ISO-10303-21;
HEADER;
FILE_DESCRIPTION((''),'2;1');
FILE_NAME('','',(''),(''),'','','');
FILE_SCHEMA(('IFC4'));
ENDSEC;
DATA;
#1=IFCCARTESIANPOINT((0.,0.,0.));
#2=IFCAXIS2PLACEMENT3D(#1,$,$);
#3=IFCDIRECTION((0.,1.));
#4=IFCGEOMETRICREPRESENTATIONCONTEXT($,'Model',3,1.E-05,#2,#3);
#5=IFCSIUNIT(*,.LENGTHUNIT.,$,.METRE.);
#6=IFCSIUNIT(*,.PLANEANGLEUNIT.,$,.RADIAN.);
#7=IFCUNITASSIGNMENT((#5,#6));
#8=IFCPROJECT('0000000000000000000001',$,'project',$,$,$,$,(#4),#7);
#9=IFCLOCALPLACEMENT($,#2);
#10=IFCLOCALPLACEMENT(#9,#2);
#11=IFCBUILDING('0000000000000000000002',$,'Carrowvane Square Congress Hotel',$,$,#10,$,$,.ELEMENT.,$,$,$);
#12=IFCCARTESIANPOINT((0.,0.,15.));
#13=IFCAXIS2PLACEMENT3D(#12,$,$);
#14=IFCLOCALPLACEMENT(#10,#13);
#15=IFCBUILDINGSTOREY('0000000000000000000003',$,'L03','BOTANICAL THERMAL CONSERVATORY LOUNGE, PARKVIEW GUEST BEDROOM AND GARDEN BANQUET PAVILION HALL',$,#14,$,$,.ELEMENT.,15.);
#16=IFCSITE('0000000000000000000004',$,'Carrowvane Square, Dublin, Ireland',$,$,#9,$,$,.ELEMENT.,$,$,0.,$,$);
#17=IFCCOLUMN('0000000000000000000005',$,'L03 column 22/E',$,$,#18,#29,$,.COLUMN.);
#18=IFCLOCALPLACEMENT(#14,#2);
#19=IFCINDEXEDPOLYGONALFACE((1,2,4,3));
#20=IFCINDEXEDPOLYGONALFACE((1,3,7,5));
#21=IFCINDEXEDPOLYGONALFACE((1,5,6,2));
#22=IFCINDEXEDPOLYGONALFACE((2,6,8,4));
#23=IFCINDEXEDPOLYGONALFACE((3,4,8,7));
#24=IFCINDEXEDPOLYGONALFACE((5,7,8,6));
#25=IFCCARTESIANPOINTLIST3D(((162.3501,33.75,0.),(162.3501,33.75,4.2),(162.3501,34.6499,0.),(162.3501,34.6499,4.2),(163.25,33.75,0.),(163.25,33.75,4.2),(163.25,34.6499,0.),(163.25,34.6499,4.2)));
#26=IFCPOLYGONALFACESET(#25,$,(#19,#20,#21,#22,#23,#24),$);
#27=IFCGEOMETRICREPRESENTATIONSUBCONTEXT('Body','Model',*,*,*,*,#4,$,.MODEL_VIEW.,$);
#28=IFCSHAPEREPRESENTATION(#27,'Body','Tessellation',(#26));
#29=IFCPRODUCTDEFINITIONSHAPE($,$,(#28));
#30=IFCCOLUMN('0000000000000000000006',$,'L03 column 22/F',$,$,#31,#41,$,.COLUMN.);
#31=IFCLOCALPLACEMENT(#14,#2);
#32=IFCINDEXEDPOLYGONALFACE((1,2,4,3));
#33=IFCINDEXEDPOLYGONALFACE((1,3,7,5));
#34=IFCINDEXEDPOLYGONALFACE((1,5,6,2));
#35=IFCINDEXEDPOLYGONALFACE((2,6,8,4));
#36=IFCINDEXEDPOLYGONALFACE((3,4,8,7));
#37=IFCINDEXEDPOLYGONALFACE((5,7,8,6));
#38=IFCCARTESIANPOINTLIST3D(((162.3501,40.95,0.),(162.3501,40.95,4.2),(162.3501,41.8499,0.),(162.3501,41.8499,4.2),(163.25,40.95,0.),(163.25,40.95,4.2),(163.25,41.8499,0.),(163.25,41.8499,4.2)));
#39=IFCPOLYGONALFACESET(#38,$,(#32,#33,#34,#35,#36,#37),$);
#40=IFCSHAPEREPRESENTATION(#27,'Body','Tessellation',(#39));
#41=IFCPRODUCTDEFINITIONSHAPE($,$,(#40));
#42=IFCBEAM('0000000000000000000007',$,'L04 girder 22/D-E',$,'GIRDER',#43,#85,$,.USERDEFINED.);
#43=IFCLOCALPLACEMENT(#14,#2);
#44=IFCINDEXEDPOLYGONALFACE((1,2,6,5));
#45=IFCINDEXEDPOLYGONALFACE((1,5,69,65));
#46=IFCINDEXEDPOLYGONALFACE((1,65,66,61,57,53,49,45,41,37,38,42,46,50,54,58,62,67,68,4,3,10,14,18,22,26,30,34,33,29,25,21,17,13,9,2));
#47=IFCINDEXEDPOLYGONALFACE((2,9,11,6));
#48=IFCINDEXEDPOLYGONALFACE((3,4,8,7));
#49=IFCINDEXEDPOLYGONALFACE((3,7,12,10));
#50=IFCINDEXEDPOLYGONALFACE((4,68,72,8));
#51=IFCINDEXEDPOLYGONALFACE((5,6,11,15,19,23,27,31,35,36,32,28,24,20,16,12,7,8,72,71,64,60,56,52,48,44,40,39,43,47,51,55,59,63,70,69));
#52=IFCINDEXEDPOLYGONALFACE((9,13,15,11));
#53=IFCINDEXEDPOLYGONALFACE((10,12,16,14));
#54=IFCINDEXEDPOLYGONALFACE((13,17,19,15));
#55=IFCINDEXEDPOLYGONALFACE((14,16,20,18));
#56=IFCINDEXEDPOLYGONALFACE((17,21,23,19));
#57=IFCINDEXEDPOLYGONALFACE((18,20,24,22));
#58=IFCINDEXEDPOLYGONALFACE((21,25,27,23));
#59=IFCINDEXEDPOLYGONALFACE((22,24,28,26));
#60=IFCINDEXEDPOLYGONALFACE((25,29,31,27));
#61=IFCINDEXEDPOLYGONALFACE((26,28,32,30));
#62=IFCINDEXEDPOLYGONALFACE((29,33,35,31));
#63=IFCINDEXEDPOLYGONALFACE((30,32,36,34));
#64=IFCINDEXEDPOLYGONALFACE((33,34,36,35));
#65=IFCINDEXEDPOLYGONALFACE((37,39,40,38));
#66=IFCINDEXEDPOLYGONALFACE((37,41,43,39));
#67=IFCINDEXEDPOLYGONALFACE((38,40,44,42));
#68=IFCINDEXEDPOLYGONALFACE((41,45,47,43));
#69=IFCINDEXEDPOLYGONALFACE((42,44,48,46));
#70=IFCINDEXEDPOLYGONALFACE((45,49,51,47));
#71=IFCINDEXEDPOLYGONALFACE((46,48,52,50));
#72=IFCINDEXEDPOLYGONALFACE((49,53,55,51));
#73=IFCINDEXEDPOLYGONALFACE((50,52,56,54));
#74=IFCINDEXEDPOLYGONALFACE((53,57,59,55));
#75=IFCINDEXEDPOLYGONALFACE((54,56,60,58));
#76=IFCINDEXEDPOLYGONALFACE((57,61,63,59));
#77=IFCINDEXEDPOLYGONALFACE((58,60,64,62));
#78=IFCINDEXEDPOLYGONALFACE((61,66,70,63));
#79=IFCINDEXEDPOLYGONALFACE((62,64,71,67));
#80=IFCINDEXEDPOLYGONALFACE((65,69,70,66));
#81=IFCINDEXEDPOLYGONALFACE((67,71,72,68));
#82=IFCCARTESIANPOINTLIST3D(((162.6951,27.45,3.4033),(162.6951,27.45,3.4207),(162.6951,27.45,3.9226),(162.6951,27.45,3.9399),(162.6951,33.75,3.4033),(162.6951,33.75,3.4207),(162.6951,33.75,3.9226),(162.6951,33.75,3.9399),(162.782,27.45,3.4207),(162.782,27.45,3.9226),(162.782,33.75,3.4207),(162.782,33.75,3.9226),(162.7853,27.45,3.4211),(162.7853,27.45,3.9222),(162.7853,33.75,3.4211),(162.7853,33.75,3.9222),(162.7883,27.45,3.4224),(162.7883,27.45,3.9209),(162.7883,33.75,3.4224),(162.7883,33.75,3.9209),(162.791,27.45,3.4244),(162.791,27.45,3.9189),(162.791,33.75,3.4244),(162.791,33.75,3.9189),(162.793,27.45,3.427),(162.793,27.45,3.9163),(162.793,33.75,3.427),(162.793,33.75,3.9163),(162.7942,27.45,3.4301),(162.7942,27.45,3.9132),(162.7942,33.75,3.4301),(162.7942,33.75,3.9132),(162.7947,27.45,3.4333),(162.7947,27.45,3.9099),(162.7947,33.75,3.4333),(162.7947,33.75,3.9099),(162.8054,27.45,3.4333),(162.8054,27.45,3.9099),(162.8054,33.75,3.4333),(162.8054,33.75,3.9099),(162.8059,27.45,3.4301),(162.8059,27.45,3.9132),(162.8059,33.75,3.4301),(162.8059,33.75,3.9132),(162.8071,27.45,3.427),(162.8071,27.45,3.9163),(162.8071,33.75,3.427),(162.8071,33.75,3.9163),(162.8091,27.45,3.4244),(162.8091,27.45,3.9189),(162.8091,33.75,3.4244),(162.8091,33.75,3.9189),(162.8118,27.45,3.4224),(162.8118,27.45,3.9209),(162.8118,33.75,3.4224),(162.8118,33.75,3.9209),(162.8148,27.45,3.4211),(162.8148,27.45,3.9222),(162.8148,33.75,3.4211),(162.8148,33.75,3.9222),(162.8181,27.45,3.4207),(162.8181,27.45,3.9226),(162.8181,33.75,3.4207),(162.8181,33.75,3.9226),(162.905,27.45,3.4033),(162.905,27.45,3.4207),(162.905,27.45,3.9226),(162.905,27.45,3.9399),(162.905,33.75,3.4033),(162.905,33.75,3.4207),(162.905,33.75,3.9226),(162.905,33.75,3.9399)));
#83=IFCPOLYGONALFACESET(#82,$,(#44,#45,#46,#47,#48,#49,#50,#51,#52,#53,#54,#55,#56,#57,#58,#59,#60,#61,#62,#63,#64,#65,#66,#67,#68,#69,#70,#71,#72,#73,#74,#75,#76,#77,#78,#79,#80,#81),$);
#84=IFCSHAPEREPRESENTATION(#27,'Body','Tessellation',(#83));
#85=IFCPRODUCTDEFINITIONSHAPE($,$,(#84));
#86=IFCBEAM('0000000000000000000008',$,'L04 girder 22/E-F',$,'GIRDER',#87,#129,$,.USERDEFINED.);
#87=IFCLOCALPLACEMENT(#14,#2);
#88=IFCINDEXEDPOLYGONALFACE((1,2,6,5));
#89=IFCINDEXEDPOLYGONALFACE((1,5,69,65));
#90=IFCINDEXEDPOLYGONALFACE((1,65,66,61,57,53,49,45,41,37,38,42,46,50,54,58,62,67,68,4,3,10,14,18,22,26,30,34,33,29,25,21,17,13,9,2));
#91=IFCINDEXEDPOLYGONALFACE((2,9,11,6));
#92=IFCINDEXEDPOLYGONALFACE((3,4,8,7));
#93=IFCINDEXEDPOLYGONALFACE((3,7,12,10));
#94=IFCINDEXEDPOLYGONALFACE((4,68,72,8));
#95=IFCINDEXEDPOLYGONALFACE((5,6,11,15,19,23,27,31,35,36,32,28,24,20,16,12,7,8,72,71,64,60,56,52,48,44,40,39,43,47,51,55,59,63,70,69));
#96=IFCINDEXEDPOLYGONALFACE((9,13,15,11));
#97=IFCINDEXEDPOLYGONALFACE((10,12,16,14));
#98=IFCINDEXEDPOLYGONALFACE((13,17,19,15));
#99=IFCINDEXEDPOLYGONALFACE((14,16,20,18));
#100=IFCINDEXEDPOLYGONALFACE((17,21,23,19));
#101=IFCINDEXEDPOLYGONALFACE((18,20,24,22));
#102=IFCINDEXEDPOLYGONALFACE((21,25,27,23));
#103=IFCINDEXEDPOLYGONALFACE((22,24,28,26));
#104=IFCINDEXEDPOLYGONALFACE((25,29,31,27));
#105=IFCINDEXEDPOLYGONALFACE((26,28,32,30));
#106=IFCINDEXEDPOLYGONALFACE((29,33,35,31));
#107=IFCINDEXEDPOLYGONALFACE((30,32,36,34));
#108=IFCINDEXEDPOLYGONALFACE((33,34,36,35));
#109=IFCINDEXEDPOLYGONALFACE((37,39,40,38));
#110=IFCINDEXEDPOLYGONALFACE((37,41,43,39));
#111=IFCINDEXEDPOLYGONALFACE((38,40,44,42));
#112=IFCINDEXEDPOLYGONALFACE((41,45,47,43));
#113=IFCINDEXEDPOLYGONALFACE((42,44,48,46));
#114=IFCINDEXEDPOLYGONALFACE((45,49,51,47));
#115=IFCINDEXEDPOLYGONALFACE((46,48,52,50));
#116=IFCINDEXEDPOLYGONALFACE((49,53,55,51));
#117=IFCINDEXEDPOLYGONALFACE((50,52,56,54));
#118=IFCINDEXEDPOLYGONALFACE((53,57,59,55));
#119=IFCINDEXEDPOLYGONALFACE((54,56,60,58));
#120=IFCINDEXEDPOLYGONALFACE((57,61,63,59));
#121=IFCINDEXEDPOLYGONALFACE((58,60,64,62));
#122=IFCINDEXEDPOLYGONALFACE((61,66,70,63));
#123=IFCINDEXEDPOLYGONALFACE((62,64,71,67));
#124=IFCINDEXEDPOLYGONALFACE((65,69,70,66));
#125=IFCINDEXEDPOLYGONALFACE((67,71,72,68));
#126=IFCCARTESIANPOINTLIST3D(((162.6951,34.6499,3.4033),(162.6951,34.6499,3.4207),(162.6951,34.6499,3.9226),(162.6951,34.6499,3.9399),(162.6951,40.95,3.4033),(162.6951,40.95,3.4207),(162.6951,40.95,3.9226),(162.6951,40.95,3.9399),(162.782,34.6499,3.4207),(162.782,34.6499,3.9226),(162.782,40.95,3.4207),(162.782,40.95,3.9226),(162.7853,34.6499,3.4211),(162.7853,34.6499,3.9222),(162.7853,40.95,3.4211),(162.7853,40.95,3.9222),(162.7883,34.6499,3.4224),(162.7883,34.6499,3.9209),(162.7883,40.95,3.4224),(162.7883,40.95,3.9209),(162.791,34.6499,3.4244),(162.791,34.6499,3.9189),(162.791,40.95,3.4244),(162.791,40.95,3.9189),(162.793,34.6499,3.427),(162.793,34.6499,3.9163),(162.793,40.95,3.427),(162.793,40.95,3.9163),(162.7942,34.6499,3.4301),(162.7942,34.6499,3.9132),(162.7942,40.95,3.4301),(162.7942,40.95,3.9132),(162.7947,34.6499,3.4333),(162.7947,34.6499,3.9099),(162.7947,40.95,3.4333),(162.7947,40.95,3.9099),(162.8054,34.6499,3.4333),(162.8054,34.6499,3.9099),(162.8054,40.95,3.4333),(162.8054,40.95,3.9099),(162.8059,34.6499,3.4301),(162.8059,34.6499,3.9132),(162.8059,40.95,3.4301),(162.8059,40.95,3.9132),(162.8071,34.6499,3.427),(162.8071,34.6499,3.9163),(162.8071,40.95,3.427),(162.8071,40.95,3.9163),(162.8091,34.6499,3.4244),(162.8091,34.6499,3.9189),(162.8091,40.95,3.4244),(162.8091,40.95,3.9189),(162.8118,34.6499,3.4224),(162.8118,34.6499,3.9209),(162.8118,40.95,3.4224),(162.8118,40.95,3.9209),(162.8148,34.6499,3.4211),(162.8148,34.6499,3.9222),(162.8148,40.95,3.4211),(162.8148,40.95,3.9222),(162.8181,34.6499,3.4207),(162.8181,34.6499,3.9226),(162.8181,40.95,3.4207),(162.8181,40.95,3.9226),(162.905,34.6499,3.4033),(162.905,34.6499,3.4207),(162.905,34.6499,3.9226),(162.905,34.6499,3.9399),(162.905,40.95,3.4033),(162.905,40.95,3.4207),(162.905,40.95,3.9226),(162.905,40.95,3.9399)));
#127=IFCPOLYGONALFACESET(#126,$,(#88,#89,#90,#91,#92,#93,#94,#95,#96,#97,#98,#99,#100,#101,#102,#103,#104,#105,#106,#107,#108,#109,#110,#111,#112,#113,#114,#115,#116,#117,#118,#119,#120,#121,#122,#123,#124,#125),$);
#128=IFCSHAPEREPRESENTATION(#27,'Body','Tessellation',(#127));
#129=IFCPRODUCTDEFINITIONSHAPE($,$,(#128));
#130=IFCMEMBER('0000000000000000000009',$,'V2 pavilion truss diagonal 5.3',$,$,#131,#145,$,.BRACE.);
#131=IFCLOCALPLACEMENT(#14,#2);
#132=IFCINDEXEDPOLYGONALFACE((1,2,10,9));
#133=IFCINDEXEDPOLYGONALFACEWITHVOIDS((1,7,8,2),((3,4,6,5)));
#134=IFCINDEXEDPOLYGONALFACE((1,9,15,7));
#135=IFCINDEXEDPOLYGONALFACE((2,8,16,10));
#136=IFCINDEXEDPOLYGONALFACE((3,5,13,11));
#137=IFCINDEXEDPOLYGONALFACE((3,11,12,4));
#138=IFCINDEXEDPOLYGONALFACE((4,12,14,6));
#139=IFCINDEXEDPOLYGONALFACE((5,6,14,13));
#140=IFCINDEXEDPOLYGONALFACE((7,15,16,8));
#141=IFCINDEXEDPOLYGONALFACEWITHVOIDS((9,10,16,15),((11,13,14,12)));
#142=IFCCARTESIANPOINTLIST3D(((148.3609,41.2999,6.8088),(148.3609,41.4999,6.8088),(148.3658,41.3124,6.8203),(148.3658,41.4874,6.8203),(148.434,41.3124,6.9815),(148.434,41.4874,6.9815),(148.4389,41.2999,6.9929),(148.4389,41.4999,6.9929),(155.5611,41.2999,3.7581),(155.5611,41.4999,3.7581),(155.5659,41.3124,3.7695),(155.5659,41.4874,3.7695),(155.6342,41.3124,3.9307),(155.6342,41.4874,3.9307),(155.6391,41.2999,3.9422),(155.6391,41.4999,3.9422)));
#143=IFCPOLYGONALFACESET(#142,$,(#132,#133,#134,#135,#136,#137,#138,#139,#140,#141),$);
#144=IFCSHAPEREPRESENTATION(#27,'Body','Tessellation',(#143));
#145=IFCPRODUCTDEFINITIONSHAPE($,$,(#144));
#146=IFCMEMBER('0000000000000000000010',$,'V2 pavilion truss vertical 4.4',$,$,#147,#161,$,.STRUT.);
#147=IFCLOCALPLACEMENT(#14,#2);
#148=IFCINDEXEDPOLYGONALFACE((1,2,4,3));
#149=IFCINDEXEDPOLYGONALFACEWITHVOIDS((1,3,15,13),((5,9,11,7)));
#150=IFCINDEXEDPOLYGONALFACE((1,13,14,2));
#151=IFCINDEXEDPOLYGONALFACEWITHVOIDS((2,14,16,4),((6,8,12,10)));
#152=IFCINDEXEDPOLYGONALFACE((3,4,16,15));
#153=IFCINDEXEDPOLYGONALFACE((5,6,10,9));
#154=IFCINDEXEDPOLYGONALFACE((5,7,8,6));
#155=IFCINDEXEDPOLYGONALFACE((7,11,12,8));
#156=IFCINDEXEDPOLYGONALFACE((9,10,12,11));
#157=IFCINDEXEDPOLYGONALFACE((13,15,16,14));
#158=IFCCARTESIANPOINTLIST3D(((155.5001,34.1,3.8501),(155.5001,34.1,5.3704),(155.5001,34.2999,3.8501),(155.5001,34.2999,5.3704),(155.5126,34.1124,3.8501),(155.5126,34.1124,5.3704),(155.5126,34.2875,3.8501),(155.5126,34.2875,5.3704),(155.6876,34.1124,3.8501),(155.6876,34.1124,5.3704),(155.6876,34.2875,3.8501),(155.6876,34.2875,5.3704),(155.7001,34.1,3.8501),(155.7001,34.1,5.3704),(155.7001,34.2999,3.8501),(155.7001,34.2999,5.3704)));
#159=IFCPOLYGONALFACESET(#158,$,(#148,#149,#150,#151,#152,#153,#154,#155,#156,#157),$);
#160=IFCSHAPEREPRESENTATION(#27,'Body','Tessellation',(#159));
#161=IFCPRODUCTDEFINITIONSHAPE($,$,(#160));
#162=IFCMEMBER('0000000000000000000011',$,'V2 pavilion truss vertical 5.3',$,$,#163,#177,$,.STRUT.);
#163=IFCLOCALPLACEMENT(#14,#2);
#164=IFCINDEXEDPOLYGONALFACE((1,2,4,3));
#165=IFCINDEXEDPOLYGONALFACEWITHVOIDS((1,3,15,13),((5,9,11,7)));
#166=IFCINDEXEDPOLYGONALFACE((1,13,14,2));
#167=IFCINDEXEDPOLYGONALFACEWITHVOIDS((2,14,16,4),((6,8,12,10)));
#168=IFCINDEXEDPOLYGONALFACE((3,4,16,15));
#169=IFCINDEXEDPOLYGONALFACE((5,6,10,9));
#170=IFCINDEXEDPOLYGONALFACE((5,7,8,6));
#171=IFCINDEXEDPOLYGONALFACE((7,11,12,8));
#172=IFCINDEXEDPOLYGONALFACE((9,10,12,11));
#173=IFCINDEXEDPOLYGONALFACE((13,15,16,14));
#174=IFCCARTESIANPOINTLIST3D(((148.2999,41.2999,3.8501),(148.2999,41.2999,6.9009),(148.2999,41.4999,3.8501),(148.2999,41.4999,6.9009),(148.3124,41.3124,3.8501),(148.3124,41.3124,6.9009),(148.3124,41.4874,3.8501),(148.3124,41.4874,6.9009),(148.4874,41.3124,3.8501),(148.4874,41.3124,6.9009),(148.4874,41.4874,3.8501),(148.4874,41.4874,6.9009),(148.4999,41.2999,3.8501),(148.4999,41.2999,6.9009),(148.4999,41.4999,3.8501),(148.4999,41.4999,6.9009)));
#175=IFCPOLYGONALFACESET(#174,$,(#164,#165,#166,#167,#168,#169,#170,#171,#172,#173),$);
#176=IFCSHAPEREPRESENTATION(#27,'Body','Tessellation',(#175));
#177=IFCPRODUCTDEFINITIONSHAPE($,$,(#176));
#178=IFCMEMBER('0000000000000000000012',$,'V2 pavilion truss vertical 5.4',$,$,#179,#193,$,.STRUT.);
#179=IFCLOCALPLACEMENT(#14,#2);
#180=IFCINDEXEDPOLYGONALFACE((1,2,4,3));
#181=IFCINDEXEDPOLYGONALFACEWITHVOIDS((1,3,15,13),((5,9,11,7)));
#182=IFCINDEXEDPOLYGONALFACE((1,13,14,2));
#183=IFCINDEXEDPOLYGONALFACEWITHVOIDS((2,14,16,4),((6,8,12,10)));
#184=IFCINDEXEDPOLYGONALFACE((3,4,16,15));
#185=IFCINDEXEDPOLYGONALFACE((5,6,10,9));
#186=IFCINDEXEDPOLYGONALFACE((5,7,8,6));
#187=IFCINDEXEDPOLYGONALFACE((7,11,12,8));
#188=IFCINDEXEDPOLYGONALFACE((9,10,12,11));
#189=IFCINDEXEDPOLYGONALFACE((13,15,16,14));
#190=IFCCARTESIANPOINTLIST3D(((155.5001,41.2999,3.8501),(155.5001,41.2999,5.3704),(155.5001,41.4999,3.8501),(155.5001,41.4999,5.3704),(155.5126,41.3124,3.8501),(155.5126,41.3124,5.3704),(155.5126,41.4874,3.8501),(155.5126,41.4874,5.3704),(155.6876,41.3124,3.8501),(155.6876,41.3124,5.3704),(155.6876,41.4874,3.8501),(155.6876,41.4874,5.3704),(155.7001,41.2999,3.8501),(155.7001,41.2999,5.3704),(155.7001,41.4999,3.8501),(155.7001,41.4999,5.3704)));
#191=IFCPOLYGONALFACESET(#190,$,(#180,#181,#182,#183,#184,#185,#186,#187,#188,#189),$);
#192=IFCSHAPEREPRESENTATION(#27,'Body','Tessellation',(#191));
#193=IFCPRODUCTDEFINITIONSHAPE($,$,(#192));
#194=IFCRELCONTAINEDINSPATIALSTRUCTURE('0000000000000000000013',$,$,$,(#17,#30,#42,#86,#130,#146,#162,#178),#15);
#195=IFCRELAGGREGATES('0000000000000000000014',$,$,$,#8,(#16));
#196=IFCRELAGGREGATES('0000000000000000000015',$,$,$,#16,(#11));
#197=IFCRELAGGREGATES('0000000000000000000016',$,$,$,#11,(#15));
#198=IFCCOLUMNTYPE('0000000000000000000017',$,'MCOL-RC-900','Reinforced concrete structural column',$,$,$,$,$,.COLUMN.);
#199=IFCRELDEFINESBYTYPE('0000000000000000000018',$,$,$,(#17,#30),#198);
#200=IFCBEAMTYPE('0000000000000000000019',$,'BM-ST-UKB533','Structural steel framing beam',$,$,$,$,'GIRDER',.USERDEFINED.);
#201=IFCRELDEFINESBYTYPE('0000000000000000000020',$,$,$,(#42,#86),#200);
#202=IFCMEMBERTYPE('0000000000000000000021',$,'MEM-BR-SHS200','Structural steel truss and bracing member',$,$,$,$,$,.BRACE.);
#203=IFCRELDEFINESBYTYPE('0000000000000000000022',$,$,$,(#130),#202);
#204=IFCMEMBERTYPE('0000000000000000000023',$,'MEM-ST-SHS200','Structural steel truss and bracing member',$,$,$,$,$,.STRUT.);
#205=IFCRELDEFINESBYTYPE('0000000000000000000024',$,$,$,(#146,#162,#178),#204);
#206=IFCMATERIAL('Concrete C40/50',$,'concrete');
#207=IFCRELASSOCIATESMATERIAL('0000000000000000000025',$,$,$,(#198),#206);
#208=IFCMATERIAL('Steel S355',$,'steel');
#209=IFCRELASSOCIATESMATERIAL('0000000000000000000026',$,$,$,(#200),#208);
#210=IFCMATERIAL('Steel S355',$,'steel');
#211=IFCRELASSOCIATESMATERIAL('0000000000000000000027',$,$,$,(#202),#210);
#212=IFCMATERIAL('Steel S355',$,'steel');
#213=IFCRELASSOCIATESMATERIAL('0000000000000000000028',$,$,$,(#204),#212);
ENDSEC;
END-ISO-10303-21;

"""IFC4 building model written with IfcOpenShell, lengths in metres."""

from ifc_helpers import new_model, si_unit, direction, frame, origin, origin_2d, place, context, subcontext, project, spatial, rectangle, hollow_rectangle, i_section, extrude, material, material_profile, profile_set, type_object, element, save


model = new_model("IFC4")

# Units and contexts
model_context = context("Model", 3, precision=1e-05, world=origin(), true_north=direction((0.0, 1.0)))
body_context = subcontext(model_context, "Body", "Model", "MODEL_VIEW")
ifc_project = project(units=[si_unit("LENGTHUNIT", "METRE"), si_unit("PLANEANGLEUNIT", "RADIAN")], contexts=[model_context])

# Site, building, storey
site_placement = place(None, origin())
site = spatial("IfcSite", under=ifc_project, at=site_placement, Name="Carrowvane Square, Dublin, Ireland", CompositionType="ELEMENT", RefElevation=0.0)
building_placement = place(site_placement, origin())
building = spatial("IfcBuilding", under=site, at=building_placement, Name="Carrowvane Square Congress Hotel", CompositionType="ELEMENT")
storey_placement = place(building_placement, frame((0.0, 0.0, 15.0)))
storey = spatial("IfcBuildingStorey", under=building, at=storey_placement, Name="L03", Description="BOTANICAL THERMAL CONSERVATORY LOUNGE, PARKVIEW GUEST BEDROOM AND GARDEN BANQUET PAVILION HALL", CompositionType="ELEMENT", Elevation=15.0)

# Columns
ifc_material_1 = material(Name="Concrete C40/50", Category="concrete")
ifc_material_profile_1 = material_profile(ifc_material_1, rectangle(XDim=0.8999, YDim=0.8999, at=origin_2d()), Name="RC 900x900")
ifc_profile_set_1 = profile_set([ifc_material_profile_1], Name="Concrete C40/50")
column_type = type_object("IfcColumnType", Name="MCOL-RC-900", Description="Reinforced concrete structural column", PredefinedType="COLUMN", material=ifc_profile_set_1)
for number, where, z_axis, x_axis, name in (
    (1, (162.8, 34.2, 0.0), (0.0, 0.0, 1.0), (1.0, 0.0, 0.0), "L03 column 22/E"),
    (2, (162.8, 41.3999, 0.0), (0.0, 0.0, 1.0), (1.0, 0.0, 0.0), "L03 column 22/F"),
):
    element("IfcColumn", number, at=place(storey_placement, frame(where, z_axis=z_axis, x_axis=x_axis)), inside=storey, type_object=column_type, Name=name, PredefinedType="COLUMN", context=body_context, shape_type="SweptSolid", body=[
        extrude(rectangle(XDim=0.8999, YDim=0.8999, at=origin_2d()), origin(), (0.0, 0.0, 1.0), 4.2),
    ])

# Beams
ifc_material_2 = material(Name="Steel S355", Category="steel")
ifc_material_profile_2 = material_profile(ifc_material_2, i_section(OverallWidth=0.21, OverallDepth=0.5366, WebThickness=0.0107, FlangeThickness=0.0173, FilletRadius=0.0127, at=origin_2d()), Name="UKB 533x210x101")
ifc_profile_set_2 = profile_set([ifc_material_profile_2], Name="Steel S355")
beam_type = type_object("IfcBeamType", Name="BM-ST-UKB533", Description="Structural steel framing beam", ElementType="GIRDER", PredefinedType="USERDEFINED", material=ifc_profile_set_2)
for number, where, z_axis, x_axis, name in (
    (3, (162.8, 27.45, 3.6716), (0.0, 1.0, 0.0), (-1.0, 0.0, 0.0), "L04 girder 22/D-E"),
    (4, (162.8, 34.6499, 3.6716), (0.0, 1.0, 0.0), (-1.0, 0.0, 0.0), "L04 girder 22/E-F"),
):
    element("IfcBeam", number, at=place(storey_placement, frame(where, z_axis=z_axis, x_axis=x_axis)), inside=storey, type_object=beam_type, Name=name, ObjectType="GIRDER", PredefinedType="USERDEFINED", context=body_context, shape_type="SweptSolid", body=[
        extrude(i_section(OverallWidth=0.21, OverallDepth=0.5366, WebThickness=0.0107, FlangeThickness=0.0173, FilletRadius=0.0127, at=origin_2d()), origin(), (0.0, 0.0, 1.0), 6.3),
    ])

# Members
ifc_material_3 = material(Name="Steel S355", Category="steel")
ifc_material_profile_3 = material_profile(ifc_material_3, hollow_rectangle(XDim=0.2, YDim=0.2, WallThickness=0.0125, at=origin_2d()), Name="SHS 200x200x12.5")
ifc_profile_set_3 = profile_set([ifc_material_profile_3], Name="Steel S355")
member_type_1 = type_object("IfcMemberType", Name="MEM-BR-SHS200", Description="Structural steel truss and bracing member", PredefinedType="BRACE", material=ifc_profile_set_3)
member_1_placement = place(storey_placement, frame((148.3999, 41.3999, 6.9009), z_axis=(0.920759, 0.0, -0.390133), x_axis=(0.0, 1.0, 0.0)))
element("IfcMember", 5, at=member_1_placement, inside=storey, type_object=member_type_1, Name="V2 pavilion truss diagonal 5.3", PredefinedType="BRACE", context=body_context, shape_type="SweptSolid", body=[
    extrude(hollow_rectangle(XDim=0.2, YDim=0.2, WallThickness=0.0125, at=origin_2d()), origin(), (0.0, 0.0, 1.0), 7.8198),
])
ifc_material_4 = material(Name="Steel S355", Category="steel")
ifc_material_profile_4 = material_profile(ifc_material_4, hollow_rectangle(XDim=0.2, YDim=0.2, WallThickness=0.0125, at=origin_2d()), Name="SHS 200x200x12.5")
ifc_profile_set_4 = profile_set([ifc_material_profile_4], Name="Steel S355")
member_type_2 = type_object("IfcMemberType", Name="MEM-ST-SHS200", Description="Structural steel truss and bracing member", PredefinedType="STRUT", material=ifc_profile_set_4)
member_2_placement = place(storey_placement, frame((155.6001, 34.2, 3.8501), z_axis=(0.0, 0.0, 1.0), x_axis=(1.0, 0.0, 0.0)))
element("IfcMember", 6, at=member_2_placement, inside=storey, type_object=member_type_2, Name="V2 pavilion truss vertical 4.4", PredefinedType="STRUT", context=body_context, shape_type="SweptSolid", body=[
    extrude(hollow_rectangle(XDim=0.2, YDim=0.2, WallThickness=0.0125, at=origin_2d()), origin(), (0.0, 0.0, 1.0), 1.5203),
])
member_3_placement = place(storey_placement, frame((148.3999, 41.3999, 3.8501), z_axis=(0.0, 0.0, 1.0), x_axis=(1.0, 0.0, 0.0)))
element("IfcMember", 7, at=member_3_placement, inside=storey, type_object=member_type_2, Name="V2 pavilion truss vertical 5.3", PredefinedType="STRUT", context=body_context, shape_type="SweptSolid", body=[
    extrude(hollow_rectangle(XDim=0.2, YDim=0.2, WallThickness=0.0125, at=origin_2d()), origin(), (0.0, 0.0, 1.0), 3.0508),
])
member_4_placement = place(storey_placement, frame((155.6001, 41.3999, 3.8501), z_axis=(0.0, 0.0, 1.0), x_axis=(1.0, 0.0, 0.0)))
element("IfcMember", 8, at=member_4_placement, inside=storey, type_object=member_type_2, Name="V2 pavilion truss vertical 5.4", PredefinedType="STRUT", context=body_context, shape_type="SweptSolid", body=[
    extrude(hollow_rectangle(XDim=0.2, YDim=0.2, WallThickness=0.0125, at=origin_2d()), origin(), (0.0, 0.0, 1.0), 1.5203),
])

save(model, "model.ifc")
